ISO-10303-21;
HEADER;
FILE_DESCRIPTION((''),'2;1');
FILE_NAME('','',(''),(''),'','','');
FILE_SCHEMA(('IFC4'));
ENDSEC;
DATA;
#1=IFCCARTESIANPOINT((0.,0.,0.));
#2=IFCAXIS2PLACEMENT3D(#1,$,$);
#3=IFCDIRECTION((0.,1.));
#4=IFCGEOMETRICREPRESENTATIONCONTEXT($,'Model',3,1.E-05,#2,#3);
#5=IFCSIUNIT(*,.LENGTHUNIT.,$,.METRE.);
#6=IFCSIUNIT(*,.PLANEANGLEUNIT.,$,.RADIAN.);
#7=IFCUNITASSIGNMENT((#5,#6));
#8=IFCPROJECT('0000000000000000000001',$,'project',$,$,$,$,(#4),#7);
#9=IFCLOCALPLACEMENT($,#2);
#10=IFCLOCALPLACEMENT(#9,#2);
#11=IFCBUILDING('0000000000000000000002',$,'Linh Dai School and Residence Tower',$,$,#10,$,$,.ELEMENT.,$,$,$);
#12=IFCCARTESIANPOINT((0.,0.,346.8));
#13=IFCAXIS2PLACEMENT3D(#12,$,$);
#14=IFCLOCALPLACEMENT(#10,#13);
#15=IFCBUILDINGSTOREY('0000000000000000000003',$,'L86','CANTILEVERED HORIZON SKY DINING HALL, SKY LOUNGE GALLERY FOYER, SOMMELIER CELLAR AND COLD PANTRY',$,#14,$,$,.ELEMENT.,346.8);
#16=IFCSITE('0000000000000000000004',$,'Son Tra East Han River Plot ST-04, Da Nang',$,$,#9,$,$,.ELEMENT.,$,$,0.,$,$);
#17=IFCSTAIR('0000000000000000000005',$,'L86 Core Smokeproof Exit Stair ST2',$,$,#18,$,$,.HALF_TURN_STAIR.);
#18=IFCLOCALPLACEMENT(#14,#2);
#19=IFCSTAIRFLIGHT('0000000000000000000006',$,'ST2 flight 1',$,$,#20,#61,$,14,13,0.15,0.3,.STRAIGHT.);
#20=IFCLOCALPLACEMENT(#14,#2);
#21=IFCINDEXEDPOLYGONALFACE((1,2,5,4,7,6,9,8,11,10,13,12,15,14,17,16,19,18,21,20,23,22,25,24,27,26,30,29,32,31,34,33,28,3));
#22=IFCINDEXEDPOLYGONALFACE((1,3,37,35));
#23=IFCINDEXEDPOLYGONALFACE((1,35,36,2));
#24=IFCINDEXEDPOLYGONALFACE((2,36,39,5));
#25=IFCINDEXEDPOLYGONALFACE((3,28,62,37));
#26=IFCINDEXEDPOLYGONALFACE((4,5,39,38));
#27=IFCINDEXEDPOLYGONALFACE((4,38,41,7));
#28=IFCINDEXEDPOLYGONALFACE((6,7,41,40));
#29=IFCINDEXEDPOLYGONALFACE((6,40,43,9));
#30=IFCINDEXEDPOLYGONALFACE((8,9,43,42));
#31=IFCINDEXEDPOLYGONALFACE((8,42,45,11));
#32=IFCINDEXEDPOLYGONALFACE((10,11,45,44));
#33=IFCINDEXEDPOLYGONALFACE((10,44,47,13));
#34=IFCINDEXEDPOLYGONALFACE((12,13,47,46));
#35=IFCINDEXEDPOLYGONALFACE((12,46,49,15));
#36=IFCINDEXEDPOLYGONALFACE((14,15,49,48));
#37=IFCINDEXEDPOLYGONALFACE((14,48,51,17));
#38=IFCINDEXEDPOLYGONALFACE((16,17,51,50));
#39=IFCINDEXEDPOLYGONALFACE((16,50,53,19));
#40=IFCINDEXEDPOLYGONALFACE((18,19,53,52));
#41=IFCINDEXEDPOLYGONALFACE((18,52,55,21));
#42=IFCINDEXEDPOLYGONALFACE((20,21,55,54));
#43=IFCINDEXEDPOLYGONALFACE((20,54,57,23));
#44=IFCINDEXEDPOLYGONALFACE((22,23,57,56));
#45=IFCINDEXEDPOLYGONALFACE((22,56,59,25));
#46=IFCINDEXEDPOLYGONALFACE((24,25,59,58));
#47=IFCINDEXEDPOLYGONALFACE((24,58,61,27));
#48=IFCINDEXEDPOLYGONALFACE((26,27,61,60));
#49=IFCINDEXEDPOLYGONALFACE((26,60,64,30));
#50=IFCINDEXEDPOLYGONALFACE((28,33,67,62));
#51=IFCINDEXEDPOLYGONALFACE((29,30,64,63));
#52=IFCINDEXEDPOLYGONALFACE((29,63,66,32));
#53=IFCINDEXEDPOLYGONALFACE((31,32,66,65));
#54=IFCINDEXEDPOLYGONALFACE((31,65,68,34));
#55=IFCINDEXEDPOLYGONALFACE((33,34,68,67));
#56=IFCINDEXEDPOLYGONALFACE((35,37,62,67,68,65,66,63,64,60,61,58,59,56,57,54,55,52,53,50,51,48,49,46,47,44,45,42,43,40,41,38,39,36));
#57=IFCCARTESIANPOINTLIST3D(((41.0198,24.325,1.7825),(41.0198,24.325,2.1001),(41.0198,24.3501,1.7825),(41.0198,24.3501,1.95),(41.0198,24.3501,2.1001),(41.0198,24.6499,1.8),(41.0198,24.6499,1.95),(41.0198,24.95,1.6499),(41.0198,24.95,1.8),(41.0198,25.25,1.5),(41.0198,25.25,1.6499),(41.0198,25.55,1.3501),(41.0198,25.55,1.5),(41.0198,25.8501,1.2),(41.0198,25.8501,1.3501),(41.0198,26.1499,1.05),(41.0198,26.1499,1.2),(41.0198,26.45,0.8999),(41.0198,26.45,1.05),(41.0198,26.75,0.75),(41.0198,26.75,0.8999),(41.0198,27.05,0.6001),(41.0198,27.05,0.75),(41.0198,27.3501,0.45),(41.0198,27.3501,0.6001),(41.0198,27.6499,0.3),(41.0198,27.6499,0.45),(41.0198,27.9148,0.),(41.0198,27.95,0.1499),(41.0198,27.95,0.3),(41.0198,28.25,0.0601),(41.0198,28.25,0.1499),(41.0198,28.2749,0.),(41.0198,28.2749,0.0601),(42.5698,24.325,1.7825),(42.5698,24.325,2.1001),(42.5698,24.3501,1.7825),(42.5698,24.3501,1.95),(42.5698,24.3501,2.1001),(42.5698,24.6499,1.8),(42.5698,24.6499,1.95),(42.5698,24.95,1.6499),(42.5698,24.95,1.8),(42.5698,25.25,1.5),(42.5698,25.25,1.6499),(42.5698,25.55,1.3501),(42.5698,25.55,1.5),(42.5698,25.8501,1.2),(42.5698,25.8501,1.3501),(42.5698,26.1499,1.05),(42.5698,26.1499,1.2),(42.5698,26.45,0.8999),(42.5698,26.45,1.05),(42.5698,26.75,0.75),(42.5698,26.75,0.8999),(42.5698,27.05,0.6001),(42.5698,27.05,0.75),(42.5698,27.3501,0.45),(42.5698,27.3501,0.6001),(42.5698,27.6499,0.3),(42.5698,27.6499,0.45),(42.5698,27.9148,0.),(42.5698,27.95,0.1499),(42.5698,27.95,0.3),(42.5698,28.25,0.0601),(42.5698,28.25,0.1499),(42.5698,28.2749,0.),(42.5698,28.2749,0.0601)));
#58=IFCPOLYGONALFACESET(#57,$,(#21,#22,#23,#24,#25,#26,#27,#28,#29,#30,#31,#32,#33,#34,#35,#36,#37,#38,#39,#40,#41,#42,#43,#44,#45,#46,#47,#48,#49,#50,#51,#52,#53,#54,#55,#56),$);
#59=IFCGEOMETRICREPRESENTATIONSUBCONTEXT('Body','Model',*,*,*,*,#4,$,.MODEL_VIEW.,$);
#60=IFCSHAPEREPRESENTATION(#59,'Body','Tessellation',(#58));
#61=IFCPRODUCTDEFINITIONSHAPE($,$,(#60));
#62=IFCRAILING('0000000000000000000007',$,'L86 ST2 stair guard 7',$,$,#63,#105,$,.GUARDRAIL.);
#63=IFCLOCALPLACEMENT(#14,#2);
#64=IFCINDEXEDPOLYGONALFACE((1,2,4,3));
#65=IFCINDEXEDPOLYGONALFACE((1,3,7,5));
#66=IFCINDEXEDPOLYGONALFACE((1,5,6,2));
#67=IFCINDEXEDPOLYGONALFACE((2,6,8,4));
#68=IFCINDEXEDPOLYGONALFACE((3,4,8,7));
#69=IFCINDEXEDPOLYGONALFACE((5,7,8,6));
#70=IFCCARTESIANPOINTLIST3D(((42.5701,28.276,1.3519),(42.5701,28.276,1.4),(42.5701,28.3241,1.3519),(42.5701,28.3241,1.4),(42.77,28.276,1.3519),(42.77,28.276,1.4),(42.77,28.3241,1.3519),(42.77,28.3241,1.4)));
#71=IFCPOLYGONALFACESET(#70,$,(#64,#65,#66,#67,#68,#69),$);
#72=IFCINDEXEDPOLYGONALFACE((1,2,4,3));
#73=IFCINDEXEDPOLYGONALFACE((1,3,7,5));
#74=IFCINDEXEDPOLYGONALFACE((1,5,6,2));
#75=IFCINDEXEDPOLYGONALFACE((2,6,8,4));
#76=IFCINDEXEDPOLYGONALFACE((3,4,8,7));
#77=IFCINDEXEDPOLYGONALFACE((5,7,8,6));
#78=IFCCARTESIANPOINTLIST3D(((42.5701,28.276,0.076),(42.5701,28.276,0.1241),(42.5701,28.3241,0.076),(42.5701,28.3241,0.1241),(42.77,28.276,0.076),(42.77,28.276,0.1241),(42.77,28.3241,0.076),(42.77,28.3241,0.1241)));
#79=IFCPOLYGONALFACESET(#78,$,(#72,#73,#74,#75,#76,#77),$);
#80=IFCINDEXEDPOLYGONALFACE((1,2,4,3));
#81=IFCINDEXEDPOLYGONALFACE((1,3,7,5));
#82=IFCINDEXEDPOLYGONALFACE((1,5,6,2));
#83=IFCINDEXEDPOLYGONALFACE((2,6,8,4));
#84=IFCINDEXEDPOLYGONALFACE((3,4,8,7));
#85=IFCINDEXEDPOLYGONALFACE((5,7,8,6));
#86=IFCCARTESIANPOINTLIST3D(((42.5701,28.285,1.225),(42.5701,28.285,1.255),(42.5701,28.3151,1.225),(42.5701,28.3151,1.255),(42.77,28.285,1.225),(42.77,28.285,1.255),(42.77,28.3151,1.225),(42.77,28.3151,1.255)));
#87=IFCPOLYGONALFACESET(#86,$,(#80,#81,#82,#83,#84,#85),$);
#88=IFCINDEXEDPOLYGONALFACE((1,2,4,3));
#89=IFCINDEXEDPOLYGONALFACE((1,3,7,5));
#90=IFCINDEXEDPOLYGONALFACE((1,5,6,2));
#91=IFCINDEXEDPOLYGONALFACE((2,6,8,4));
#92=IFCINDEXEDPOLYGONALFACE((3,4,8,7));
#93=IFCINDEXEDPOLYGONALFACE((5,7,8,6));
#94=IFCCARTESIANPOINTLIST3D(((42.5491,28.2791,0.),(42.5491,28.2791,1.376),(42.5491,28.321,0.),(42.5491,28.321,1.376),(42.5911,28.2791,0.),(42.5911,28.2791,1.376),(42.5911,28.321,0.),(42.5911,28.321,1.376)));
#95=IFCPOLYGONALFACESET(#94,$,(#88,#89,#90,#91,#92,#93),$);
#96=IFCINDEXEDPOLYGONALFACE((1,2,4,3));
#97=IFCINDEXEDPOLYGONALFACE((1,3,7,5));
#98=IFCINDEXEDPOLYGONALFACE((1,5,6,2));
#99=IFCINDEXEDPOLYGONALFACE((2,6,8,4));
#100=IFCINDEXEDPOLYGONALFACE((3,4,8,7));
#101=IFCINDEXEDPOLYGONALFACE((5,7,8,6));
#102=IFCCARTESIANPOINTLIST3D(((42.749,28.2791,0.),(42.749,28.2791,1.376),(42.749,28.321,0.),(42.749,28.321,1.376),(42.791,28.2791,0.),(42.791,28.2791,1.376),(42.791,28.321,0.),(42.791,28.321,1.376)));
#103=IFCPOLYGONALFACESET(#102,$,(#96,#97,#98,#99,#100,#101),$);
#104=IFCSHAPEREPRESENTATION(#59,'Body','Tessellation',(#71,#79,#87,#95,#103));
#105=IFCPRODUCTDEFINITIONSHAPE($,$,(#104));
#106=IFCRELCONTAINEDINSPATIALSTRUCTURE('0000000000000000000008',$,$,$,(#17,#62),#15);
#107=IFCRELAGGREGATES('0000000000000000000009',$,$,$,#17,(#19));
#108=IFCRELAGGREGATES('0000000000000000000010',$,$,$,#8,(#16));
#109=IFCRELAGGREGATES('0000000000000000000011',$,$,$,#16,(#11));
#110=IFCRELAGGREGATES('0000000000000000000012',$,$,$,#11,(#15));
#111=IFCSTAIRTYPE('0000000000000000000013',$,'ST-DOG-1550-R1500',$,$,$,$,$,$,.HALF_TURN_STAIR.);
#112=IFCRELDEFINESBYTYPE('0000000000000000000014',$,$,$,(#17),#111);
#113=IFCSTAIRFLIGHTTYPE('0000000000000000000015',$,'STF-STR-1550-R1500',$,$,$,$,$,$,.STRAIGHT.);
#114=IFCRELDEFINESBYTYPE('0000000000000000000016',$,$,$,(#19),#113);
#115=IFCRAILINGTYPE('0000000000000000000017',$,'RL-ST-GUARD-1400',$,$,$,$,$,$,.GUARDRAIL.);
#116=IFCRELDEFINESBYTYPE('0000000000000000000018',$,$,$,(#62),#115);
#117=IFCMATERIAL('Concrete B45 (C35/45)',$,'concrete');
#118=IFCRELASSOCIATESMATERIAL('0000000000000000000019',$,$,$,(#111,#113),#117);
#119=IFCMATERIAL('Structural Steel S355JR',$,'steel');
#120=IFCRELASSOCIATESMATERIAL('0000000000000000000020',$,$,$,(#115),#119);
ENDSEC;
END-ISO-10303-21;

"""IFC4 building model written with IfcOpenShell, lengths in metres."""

from ifc_helpers import new_model, si_unit, direction, frame, origin, origin_2d, place, context, subcontext, project, spatial, polyline, rectangle, outline, extrude, source, transform, mapped, material, type_object, element, aggregate, save


model = new_model("IFC4")

# Units and contexts
model_context = context("Model", 3, precision=1e-05, world=origin(), true_north=direction((0.0, 1.0)))
body_context = subcontext(model_context, "Body", "Model", "MODEL_VIEW")
ifc_project = project(units=[si_unit("LENGTHUNIT", "METRE"), si_unit("PLANEANGLEUNIT", "RADIAN")], contexts=[model_context])

# Site, building, storey
site_placement = place(None, origin())
site = spatial("IfcSite", under=ifc_project, at=site_placement, Name="Son Tra East Han River Plot ST-04, Da Nang", CompositionType="ELEMENT", RefElevation=0.0)
building_placement = place(site_placement, origin())
building = spatial("IfcBuilding", under=site, at=building_placement, Name="Linh Dai School and Residence Tower", CompositionType="ELEMENT")
storey_placement = place(building_placement, frame((0.0, 0.0, 346.8)))
storey = spatial("IfcBuildingStorey", under=building, at=storey_placement, Name="L86", Description="CANTILEVERED HORIZON SKY DINING HALL, SKY LOUNGE GALLERY FOYER, SOMMELIER CELLAR AND COLD PANTRY", CompositionType="ELEMENT", Elevation=346.8)

# Shared definitions
ifc_material_1 = material(Name="Structural Steel S355JR", Category="steel")

# Shared definitions
ifc_material_2 = material(Name="Concrete B45 (C35/45)", Category="concrete")

# Stair, stair flight
stair_type = type_object("IfcStairType", Name="ST-DOG-1550-R1500", PredefinedType="HALF_TURN_STAIR", material=ifc_material_2)
stair_placement = place(storey_placement, origin())
stair = element("IfcStair", 1, at=stair_placement, inside=storey, type_object=stair_type, Name="L86 Core Smokeproof Exit Stair ST2", PredefinedType="HALF_TURN_STAIR")
stair_flight_type = type_object("IfcStairFlightType", Name="STF-STR-1550-R1500", PredefinedType="STRAIGHT", material=ifc_material_2)
shared_shape_1 = source(origin(), body_context, "Body", "SweptSolid", [
    extrude(outline(polyline([(-0.0249, 0.0), (-0.0249, 0.0601), (0.0, 0.0601), (0.0, 0.1499), (0.3, 0.1499), (0.3, 0.3), (0.6001, 0.3), (0.6001, 0.45), (0.8999, 0.45), (0.8999, 0.6001), (1.2, 0.6001), (1.2, 0.75), (1.5, 0.75), (1.5, 0.8999), (1.8, 0.8999), (1.8, 1.05), (2.1001, 1.05), (2.1001, 1.2), (2.3999, 1.2), (2.3999, 1.3501), (2.7, 1.3501), (2.7, 1.5), (3.0, 1.5), (3.0, 1.6499), (3.3, 1.6499), (3.3, 1.8), (3.6001, 1.8), (3.6001, 1.95), (3.8999, 1.95), (3.8999, 2.1001), (3.925, 2.1001), (3.925, 1.7825), (3.8999, 1.7825), (0.3352, 0.0), (-0.0249, 0.0)])), frame((0.0, 0.7749, 0.0), z_axis=(0.0, -1.0, 0.0), x_axis=(1.0, 0.0, 0.0)), (0.0, 0.0, 1.0), 1.55),
])
stair_flight_placement = place(storey_placement, frame((41.7949, 28.25, 0.0), z_axis=(0.0, 0.0, 1.0), x_axis=(0.0, -1.0, 0.0)))
stair_flight = element("IfcStairFlight", 2, at=stair_flight_placement, type_object=stair_flight_type, Name="ST2 flight 1", NumberOfRisers=14, NumberOfTreads=13, PredefinedType="STRAIGHT", RiserHeight=0.15, TreadLength=0.3, context=body_context, shape_type="MappedRepresentation", body=[
    mapped(shared_shape_1, transform((0.0, 0.0, 0.0), x_axis=(1.0, 0.0, 0.0), y_axis=(0.0, 1.0, 0.0), z_axis=(0.0, 0.0, 1.0), scale=1.0)),
])
aggregate(stair, [stair_flight])

# Railing
railing_type_1 = type_object("IfcRailingType", Name="RL-ST-GUARD-1400", PredefinedType="GUARDRAIL", material=ifc_material_1)
shared_shape_2 = source(origin(), body_context, "Body", "SweptSolid", [
    extrude(rectangle(XDim=0.0481, YDim=0.0481, at=origin_2d()), frame((0.0, 0.0, 1.376), z_axis=(1.0, 0.0, 0.0), x_axis=(0.0, 1.0, 0.0)), (0.0, 0.0, 1.0), 0.2),
    extrude(rectangle(XDim=0.0481, YDim=0.0481, at=origin_2d()), frame((0.0, 0.0, 0.1001), z_axis=(1.0, 0.0, 0.0), x_axis=(0.0, 1.0, 0.0)), (0.0, 0.0, 1.0), 0.2),
    extrude(rectangle(XDim=0.03, YDim=0.03, at=origin_2d()), frame((0.0, 0.0, 1.24), z_axis=(1.0, 0.0, 0.0), x_axis=(0.0, 1.0, 0.0)), (0.0, 0.0, 1.0), 0.2),
    extrude(rectangle(XDim=0.042, YDim=0.042, at=origin_2d()), origin(), (0.0, 0.0, 1.0), 1.376),
    extrude(rectangle(XDim=0.042, YDim=0.042, at=origin_2d()), frame((0.2, 0.0, 0.0)), (0.0, 0.0, 1.0), 1.376),
])
railing_1_placement = place(storey_placement, frame((42.5701, 28.3, 0.0)))
element("IfcRailing", 3, at=railing_1_placement, inside=storey, type_object=railing_type_1, Name="L86 ST2 stair guard 7", PredefinedType="GUARDRAIL", context=body_context, shape_type="MappedRepresentation", body=[
    mapped(shared_shape_2, transform((0.0, 0.0, 0.0), x_axis=(1.0, 0.0, 0.0), y_axis=(0.0, 1.0, 0.0), z_axis=(0.0, 0.0, 1.0), scale=1.0)),
])

save(model, "model.ifc")
